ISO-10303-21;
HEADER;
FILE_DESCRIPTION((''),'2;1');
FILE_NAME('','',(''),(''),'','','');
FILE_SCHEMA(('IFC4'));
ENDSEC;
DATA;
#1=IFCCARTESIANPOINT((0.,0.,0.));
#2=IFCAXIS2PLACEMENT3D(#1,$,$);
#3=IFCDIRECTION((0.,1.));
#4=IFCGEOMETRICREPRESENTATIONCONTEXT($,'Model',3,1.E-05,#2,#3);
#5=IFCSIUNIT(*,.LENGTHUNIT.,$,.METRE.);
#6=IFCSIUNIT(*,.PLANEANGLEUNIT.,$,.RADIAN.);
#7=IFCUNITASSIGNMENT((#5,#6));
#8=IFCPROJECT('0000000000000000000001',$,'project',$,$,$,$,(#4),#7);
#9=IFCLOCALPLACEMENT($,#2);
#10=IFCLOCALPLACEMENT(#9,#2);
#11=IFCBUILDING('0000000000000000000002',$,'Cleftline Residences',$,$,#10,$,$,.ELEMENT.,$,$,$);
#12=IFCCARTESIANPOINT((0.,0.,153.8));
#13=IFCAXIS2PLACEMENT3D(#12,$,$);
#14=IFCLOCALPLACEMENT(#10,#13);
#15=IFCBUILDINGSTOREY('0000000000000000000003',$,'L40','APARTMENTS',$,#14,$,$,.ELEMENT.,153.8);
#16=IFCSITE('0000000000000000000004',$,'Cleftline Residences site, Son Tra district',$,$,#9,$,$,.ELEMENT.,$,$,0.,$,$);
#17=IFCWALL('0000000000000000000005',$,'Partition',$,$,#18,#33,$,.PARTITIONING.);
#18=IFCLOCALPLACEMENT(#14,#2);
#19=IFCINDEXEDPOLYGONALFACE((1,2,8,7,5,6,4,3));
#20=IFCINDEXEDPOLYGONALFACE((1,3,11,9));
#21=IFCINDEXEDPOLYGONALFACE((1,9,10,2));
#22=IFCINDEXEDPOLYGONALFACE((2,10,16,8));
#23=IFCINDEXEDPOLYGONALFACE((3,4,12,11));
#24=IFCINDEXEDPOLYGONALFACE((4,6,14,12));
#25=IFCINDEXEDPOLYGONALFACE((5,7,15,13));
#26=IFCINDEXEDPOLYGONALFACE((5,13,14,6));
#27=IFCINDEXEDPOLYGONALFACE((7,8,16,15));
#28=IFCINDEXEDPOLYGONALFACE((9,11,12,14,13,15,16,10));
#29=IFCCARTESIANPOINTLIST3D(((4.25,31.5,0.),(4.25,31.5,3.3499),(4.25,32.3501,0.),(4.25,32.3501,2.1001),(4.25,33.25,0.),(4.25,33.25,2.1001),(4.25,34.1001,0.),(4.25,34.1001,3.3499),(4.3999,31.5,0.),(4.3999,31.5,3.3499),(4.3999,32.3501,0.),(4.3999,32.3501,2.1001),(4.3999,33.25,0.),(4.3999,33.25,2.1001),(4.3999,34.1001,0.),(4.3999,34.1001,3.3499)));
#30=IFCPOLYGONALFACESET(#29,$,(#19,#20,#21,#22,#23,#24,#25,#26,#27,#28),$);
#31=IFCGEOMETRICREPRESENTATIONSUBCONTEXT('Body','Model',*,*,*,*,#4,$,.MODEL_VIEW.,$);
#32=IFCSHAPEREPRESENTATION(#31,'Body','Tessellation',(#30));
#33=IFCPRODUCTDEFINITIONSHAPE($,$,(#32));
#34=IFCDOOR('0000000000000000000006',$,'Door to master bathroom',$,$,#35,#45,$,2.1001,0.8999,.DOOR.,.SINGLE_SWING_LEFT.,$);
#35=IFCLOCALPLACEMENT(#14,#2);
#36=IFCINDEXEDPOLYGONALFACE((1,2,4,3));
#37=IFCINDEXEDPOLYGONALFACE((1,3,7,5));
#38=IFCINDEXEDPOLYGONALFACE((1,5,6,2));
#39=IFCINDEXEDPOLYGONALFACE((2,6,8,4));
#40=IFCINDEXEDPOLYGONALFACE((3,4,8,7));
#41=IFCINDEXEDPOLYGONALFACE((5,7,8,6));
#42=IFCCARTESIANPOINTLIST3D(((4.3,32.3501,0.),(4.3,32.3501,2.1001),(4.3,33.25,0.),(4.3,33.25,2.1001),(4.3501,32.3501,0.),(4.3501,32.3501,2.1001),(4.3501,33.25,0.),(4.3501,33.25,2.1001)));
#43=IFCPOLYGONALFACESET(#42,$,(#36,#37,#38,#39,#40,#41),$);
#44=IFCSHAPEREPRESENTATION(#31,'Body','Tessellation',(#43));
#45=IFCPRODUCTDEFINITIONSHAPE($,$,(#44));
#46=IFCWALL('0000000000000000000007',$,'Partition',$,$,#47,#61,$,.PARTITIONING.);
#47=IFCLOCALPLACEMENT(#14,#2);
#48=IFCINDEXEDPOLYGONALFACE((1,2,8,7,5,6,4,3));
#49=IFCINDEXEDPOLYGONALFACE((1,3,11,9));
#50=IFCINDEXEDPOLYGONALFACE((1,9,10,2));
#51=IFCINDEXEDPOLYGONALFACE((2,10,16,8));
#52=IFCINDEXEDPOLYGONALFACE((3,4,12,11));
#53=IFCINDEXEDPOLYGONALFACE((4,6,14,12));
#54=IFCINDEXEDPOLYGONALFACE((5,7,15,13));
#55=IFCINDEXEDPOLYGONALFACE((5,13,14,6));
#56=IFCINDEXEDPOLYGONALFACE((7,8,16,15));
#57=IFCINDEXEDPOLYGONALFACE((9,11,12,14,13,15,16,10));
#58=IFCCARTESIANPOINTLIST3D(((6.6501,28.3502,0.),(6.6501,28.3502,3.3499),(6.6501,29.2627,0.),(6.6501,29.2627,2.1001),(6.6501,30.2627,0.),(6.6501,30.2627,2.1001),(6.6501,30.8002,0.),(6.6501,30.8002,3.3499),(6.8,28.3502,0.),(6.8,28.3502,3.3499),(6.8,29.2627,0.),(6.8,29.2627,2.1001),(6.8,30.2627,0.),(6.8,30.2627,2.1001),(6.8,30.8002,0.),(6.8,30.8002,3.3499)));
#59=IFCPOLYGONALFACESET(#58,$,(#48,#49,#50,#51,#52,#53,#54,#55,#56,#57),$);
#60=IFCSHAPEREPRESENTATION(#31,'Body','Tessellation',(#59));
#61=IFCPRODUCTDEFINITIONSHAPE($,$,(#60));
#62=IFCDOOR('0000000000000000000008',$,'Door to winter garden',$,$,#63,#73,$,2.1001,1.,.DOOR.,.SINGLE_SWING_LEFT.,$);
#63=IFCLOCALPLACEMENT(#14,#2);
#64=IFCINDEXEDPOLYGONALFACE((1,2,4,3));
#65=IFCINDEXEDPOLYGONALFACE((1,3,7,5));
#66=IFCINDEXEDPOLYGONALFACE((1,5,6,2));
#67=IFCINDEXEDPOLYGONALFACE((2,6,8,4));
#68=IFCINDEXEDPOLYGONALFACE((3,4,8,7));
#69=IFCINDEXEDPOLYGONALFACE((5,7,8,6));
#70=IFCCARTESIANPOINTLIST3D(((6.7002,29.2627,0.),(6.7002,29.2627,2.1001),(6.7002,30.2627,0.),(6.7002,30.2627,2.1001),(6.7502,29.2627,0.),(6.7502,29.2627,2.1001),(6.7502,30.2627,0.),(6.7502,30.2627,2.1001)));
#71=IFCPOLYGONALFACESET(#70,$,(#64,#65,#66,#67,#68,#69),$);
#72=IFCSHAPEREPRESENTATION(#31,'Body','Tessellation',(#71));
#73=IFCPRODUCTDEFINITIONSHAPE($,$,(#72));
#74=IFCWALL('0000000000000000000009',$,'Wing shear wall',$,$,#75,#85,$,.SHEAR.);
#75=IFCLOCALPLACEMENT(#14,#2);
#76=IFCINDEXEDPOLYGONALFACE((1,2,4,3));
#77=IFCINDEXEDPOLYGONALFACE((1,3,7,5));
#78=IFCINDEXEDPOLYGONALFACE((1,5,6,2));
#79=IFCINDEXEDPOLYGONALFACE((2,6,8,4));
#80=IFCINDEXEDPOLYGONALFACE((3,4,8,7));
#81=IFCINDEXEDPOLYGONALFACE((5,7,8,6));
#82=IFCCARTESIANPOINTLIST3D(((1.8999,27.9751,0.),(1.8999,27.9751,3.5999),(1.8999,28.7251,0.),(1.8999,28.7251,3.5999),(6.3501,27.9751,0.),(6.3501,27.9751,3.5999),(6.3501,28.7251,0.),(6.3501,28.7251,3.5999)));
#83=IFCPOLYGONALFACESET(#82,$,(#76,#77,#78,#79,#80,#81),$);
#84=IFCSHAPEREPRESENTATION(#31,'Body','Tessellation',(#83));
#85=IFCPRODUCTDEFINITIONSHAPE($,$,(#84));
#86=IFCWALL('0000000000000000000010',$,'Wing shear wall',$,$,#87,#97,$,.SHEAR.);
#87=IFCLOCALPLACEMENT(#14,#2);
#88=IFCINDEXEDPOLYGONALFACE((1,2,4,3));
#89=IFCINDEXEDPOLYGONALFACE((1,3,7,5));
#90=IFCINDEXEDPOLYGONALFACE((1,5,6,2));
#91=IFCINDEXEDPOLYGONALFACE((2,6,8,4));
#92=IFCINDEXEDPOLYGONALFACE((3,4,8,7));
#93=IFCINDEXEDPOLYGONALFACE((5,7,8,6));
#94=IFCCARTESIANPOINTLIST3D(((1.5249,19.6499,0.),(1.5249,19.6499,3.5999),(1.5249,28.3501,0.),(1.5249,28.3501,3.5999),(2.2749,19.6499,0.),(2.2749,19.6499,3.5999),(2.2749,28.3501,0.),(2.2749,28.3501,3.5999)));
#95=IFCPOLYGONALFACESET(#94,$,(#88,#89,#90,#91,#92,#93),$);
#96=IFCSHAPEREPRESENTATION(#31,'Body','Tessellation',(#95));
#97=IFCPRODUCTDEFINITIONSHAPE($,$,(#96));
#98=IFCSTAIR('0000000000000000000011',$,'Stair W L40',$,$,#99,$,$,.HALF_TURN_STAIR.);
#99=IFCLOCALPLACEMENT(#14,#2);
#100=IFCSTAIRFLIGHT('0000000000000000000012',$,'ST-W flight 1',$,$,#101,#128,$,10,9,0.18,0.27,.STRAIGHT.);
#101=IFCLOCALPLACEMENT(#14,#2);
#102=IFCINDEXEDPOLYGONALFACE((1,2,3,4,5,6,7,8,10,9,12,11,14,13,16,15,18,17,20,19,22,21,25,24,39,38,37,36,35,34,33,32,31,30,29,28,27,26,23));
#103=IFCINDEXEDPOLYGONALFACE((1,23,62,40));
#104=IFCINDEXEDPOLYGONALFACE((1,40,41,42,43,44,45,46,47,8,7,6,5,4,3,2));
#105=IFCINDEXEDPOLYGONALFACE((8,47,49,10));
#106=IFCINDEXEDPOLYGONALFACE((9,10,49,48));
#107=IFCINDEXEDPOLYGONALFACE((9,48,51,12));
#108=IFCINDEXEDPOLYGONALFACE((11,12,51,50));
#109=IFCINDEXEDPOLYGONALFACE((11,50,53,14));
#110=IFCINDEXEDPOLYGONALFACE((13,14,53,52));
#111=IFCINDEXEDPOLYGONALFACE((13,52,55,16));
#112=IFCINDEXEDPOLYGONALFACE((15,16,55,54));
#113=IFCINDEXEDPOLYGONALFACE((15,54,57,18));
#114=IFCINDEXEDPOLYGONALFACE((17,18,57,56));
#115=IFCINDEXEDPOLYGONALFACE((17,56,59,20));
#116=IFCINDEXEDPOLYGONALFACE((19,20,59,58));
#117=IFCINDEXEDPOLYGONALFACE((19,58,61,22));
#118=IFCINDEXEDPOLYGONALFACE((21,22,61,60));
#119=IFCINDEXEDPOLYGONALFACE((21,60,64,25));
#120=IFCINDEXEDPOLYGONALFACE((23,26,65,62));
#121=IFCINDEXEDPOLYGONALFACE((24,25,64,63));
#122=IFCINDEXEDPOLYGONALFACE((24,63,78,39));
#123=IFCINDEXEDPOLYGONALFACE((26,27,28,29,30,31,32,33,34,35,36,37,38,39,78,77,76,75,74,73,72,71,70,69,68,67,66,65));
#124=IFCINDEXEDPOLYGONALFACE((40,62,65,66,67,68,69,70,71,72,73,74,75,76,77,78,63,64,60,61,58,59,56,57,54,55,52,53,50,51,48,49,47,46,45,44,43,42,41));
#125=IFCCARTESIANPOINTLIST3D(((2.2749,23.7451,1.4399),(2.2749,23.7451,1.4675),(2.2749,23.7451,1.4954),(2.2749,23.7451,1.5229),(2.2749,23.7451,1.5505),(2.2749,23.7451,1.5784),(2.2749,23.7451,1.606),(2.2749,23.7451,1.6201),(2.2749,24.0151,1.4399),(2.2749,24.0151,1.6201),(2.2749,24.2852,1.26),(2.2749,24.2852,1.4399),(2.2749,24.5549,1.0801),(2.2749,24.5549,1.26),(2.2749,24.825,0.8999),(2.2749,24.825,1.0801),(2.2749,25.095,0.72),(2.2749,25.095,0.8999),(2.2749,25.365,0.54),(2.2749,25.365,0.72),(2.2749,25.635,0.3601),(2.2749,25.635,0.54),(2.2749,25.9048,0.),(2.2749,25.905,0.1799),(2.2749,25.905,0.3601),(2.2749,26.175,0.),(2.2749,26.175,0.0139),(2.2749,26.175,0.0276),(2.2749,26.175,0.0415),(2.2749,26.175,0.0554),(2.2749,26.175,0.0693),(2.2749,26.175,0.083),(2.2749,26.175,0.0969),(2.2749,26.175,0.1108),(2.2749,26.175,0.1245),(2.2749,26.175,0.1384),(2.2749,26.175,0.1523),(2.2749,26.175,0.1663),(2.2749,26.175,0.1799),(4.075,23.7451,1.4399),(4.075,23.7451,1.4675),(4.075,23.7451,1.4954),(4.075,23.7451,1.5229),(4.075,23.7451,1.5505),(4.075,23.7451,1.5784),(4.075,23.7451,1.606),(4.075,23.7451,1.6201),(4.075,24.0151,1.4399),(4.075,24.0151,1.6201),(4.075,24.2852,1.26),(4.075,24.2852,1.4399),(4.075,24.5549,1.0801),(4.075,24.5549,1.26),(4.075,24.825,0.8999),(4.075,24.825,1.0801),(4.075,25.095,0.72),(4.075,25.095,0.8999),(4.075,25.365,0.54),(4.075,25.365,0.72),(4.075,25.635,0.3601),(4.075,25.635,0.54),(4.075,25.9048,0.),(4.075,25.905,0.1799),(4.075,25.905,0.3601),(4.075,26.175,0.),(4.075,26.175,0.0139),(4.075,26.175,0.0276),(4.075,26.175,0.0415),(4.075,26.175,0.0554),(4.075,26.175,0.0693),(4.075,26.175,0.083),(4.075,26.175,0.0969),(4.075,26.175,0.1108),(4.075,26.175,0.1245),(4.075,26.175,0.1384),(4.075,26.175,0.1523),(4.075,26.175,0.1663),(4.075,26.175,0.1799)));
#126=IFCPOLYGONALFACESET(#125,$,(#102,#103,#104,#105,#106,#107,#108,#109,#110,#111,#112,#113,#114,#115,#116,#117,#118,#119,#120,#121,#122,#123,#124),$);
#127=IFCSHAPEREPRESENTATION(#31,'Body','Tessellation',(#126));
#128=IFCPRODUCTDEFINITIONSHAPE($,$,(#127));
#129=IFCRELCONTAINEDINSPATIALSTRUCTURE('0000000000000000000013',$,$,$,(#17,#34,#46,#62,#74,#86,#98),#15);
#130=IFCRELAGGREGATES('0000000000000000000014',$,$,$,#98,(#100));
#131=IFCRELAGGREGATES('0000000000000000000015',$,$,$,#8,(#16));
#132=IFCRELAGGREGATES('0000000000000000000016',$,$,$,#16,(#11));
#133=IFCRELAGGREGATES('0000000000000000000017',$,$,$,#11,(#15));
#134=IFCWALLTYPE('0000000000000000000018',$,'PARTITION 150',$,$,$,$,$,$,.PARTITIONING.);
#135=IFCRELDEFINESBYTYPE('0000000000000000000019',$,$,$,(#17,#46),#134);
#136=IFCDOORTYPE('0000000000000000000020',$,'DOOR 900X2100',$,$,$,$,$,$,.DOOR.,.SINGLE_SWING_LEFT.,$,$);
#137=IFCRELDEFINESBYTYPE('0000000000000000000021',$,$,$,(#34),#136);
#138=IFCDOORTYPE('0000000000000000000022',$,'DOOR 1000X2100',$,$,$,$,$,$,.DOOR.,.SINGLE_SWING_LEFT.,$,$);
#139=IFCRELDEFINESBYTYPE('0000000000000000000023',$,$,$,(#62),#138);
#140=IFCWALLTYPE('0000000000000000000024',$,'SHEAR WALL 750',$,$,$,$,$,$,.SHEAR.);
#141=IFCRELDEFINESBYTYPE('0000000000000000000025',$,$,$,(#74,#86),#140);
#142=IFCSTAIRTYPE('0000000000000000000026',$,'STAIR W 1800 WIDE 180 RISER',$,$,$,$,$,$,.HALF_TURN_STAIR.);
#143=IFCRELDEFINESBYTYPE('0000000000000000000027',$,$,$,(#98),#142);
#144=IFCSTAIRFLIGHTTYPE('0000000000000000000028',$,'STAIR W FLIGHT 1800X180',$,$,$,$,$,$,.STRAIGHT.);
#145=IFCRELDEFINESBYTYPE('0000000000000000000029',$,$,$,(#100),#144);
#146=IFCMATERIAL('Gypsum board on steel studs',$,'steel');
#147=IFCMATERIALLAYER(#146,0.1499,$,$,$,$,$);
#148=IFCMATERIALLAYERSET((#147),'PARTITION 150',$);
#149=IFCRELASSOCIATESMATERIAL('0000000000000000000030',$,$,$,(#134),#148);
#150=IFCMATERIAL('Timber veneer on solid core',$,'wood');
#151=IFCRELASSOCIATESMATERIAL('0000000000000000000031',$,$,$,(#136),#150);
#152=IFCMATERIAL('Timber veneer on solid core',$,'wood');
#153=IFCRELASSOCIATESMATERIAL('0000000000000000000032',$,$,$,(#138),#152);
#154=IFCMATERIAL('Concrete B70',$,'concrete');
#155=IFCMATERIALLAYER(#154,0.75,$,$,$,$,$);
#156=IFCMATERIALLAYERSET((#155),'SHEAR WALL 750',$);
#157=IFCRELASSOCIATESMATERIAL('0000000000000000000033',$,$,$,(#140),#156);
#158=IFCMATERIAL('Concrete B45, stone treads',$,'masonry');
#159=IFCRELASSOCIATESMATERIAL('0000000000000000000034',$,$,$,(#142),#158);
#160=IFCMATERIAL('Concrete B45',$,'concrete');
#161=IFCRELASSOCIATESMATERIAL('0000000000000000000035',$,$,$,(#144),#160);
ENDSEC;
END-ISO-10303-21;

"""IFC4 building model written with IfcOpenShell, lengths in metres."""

from ifc_helpers import new_model, si_unit, direction, frame, frame_2d, origin, place, context, subcontext, project, spatial, polyline, rectangle, outline, extrude, material, layer, layer_set, type_object, element, fill, aggregate, save


model = new_model("IFC4")

# Units and contexts
model_context = context("Model", 3, precision=1e-05, world=origin(), true_north=direction((0.0, 1.0)))
body_context = subcontext(model_context, "Body", "Model", "MODEL_VIEW")
ifc_project = project(units=[si_unit("LENGTHUNIT", "METRE"), si_unit("PLANEANGLEUNIT", "RADIAN")], contexts=[model_context])

# Site, building, storey
site_placement = place(None, origin())
site = spatial("IfcSite", under=ifc_project, at=site_placement, Name="Cleftline Residences site, Son Tra district", CompositionType="ELEMENT", RefElevation=0.0)
building_placement = place(site_placement, origin())
building = spatial("IfcBuilding", under=site, at=building_placement, Name="Cleftline Residences", CompositionType="ELEMENT")
storey_placement = place(building_placement, frame((0.0, 0.0, 153.8)))
storey = spatial("IfcBuildingStorey", under=building, at=storey_placement, Name="L40", Description="APARTMENTS", CompositionType="ELEMENT", Elevation=153.8)

# Shared definitions
ifc_material_1 = material(Name="Gypsum board on steel studs", Category="steel")
ifc_layer_1 = layer(ifc_material_1, 0.1499)
ifc_layer_set_1 = layer_set([ifc_layer_1], Name="PARTITION 150")
wall_type_1 = type_object("IfcWallType", Name="PARTITION 150", PredefinedType="PARTITIONING", material=ifc_layer_set_1)

# Walls, openings, doors
wall_1_placement = place(storey_placement, frame((4.325, 31.5, 0.0), z_axis=(0.0, 0.0, 1.0), x_axis=(0.0, 1.0, 0.0)))
wall_1 = element("IfcWall", 1, at=wall_1_placement, inside=storey, type_object=wall_type_1, Name="Partition", PredefinedType="PARTITIONING", context=body_context, shape_type="SweptSolid", body=[
    extrude(rectangle(XDim=2.6001, YDim=0.1499, at=frame_2d((1.3, 0.0))), origin(), (0.0, 0.0, 1.0), 3.3499),
])
opening_1_placement = place(wall_1_placement, frame((0.8501, 0.0, 0.0)))
opening_1 = element("IfcOpeningElement", 2, at=opening_1_placement, cuts=wall_1, PredefinedType="OPENING", context=body_context, shape_type="SweptSolid", body=[
    extrude(rectangle(XDim=0.8999, YDim=2.1001, at=frame_2d((0.45, 1.05))), frame((0.0, 0.085, 0.0), z_axis=(0.0, -1.0, 0.0), x_axis=(1.0, 0.0, 0.0)), (0.0, 0.0, 1.0), 0.1699),
])
ifc_material_2 = material(Name="Timber veneer on solid core", Category="wood")
door_type_1 = type_object("IfcDoorType", Name="DOOR 900X2100", OperationType="SINGLE_SWING_LEFT", PredefinedType="DOOR", material=ifc_material_2)
door_1_placement = place(opening_1_placement, origin())
door_1 = element("IfcDoor", 3, at=door_1_placement, inside=storey, type_object=door_type_1, Name="Door to master bathroom", OperationType="SINGLE_SWING_LEFT", OverallHeight=2.1001, OverallWidth=0.8999, PredefinedType="DOOR", context=body_context, shape_type="SweptSolid", body=[
    extrude(rectangle(XDim=0.8999, YDim=2.1001, at=frame_2d((0.45, 1.05))), frame((0.0, 0.0249, 0.0), z_axis=(0.0, -1.0, 0.0), x_axis=(1.0, 0.0, 0.0)), (0.0, 0.0, 1.0), 0.05),
])
fill(opening_1, door_1)
wall_2_placement = place(storey_placement, frame((6.7251, 28.3501, 0.0), z_axis=(0.0, 0.0, 1.0), x_axis=(0.0, 1.0, 0.0)))
wall_2 = element("IfcWall", 4, at=wall_2_placement, inside=storey, type_object=wall_type_1, Name="Partition", PredefinedType="PARTITIONING", context=body_context, shape_type="SweptSolid", body=[
    extrude(rectangle(XDim=2.45, YDim=0.1499, at=frame_2d((1.2251, 0.0))), origin(), (0.0, 0.0, 1.0), 3.3499),
])
opening_2_placement = place(wall_2_placement, frame((0.9126, 0.0, 0.0)))
opening_2 = element("IfcOpeningElement", 5, at=opening_2_placement, cuts=wall_2, PredefinedType="OPENING", context=body_context, shape_type="SweptSolid", body=[
    extrude(rectangle(XDim=1.0, YDim=2.1001, at=frame_2d((0.5, 1.05))), frame((0.0, 0.085, 0.0), z_axis=(0.0, -1.0, 0.0), x_axis=(1.0, 0.0, 0.0)), (0.0, 0.0, 1.0), 0.1699),
])
ifc_material_3 = material(Name="Timber veneer on solid core", Category="wood")
door_type_2 = type_object("IfcDoorType", Name="DOOR 1000X2100", OperationType="SINGLE_SWING_LEFT", PredefinedType="DOOR", material=ifc_material_3)
door_2_placement = place(opening_2_placement, origin())
door_2 = element("IfcDoor", 6, at=door_2_placement, inside=storey, type_object=door_type_2, Name="Door to winter garden", OperationType="SINGLE_SWING_LEFT", OverallHeight=2.1001, OverallWidth=1.0, PredefinedType="DOOR", context=body_context, shape_type="SweptSolid", body=[
    extrude(rectangle(XDim=1.0, YDim=2.1001, at=frame_2d((0.5, 1.05))), frame((0.0, 0.0249, 0.0), z_axis=(0.0, -1.0, 0.0), x_axis=(1.0, 0.0, 0.0)), (0.0, 0.0, 1.0), 0.05),
])
fill(opening_2, door_2)

# Walls
ifc_material_4 = material(Name="Concrete B70", Category="concrete")
ifc_layer_2 = layer(ifc_material_4, 0.75)
ifc_layer_set_2 = layer_set([ifc_layer_2], Name="SHEAR WALL 750")
wall_type_2 = type_object("IfcWallType", Name="SHEAR WALL 750", PredefinedType="SHEAR", material=ifc_layer_set_2)
wall_3_placement = place(storey_placement, frame((6.3501, 28.3501, 0.0), z_axis=(0.0, 0.0, 1.0), x_axis=(-1.0, 0.0, 0.0)))
element("IfcWall", 7, at=wall_3_placement, inside=storey, type_object=wall_type_2, Name="Wing shear wall", PredefinedType="SHEAR", context=body_context, shape_type="SweptSolid", body=[
    extrude(rectangle(XDim=4.4502, YDim=0.75, at=frame_2d((2.2251, 0.0))), origin(), (0.0, 0.0, 1.0), 3.5999),
])
wall_4_placement = place(storey_placement, frame((1.8999, 28.3501, 0.0), z_axis=(0.0, 0.0, 1.0), x_axis=(0.0, -1.0, 0.0)))
element("IfcWall", 8, at=wall_4_placement, inside=storey, type_object=wall_type_2, Name="Wing shear wall", PredefinedType="SHEAR", context=body_context, shape_type="SweptSolid", body=[
    extrude(rectangle(XDim=8.7002, YDim=0.75, at=frame_2d((4.3501, 0.0))), origin(), (0.0, 0.0, 1.0), 3.5999),
])

# Stair, stair flight
ifc_material_5 = material(Name="Concrete B45, stone treads", Category="masonry")
stair_type = type_object("IfcStairType", Name="STAIR W 1800 WIDE 180 RISER", PredefinedType="HALF_TURN_STAIR", material=ifc_material_5)
stair_placement = place(storey_placement, origin())
stair = element("IfcStair", 9, at=stair_placement, inside=storey, type_object=stair_type, Name="Stair W L40", PredefinedType="HALF_TURN_STAIR")
ifc_material_6 = material(Name="Concrete B45", Category="concrete")
stair_flight_type = type_object("IfcStairFlightType", Name="STAIR W FLIGHT 1800X180", PredefinedType="STRAIGHT", material=ifc_material_6)
stair_flight_1_placement = place(storey_placement, frame((3.175, 26.175, 0.0), z_axis=(0.0, 0.0, 1.0), x_axis=(0.0, -1.0, 0.0)))
stair_flight_1 = element("IfcStairFlight", 10, at=stair_flight_1_placement, type_object=stair_flight_type, Name="ST-W flight 1", NumberOfRisers=10, NumberOfTreads=9, PredefinedType="STRAIGHT", RiserHeight=0.18, TreadLength=0.27, context=body_context, shape_type="SweptSolid", body=[
    extrude(outline(polyline([(0.0, 0.0), (0.0, 0.0139), (0.0, 0.0276), (0.0, 0.0415), (0.0, 0.0554), (0.0, 0.0693), (0.0, 0.083), (0.0, 0.0969), (0.0, 0.1108), (0.0, 0.1245), (0.0, 0.1384), (0.0, 0.1523), (0.0, 0.1663), (0.0, 0.1799), (0.27, 0.1799), (0.27, 0.3601), (0.54, 0.3601), (0.54, 0.54), (0.8101, 0.54), (0.8101, 0.72), (1.0801, 0.72), (1.0801, 0.8999), (1.3501, 0.8999), (1.3501, 1.0801), (1.6201, 1.0801), (1.6201, 1.26), (1.8899, 1.26), (1.8899, 1.4399), (2.1599, 1.4399), (2.1599, 1.6201), (2.4299, 1.6201), (2.4299, 1.8), (2.4299, 1.7722), (2.4299, 1.7446), (2.4299, 1.7168), (2.4299, 1.6892), (2.4299, 1.6614), (2.4299, 1.6338), (2.4299, 1.606), (2.4299, 1.5784), (2.4299, 1.5505), (2.4299, 1.5229), (2.4299, 1.4954), (2.4299, 1.4675), (2.4299, 1.4399), (0.2703, 0.0), (0.0, 0.0)])), frame((0.0, 0.8999, 0.0), z_axis=(0.0, -1.0, 0.0), x_axis=(1.0, 0.0, 0.0)), (0.0, 0.0, 1.0), 1.8),
])
aggregate(stair, [stair_flight_1])

save(model, "model.ifc")
